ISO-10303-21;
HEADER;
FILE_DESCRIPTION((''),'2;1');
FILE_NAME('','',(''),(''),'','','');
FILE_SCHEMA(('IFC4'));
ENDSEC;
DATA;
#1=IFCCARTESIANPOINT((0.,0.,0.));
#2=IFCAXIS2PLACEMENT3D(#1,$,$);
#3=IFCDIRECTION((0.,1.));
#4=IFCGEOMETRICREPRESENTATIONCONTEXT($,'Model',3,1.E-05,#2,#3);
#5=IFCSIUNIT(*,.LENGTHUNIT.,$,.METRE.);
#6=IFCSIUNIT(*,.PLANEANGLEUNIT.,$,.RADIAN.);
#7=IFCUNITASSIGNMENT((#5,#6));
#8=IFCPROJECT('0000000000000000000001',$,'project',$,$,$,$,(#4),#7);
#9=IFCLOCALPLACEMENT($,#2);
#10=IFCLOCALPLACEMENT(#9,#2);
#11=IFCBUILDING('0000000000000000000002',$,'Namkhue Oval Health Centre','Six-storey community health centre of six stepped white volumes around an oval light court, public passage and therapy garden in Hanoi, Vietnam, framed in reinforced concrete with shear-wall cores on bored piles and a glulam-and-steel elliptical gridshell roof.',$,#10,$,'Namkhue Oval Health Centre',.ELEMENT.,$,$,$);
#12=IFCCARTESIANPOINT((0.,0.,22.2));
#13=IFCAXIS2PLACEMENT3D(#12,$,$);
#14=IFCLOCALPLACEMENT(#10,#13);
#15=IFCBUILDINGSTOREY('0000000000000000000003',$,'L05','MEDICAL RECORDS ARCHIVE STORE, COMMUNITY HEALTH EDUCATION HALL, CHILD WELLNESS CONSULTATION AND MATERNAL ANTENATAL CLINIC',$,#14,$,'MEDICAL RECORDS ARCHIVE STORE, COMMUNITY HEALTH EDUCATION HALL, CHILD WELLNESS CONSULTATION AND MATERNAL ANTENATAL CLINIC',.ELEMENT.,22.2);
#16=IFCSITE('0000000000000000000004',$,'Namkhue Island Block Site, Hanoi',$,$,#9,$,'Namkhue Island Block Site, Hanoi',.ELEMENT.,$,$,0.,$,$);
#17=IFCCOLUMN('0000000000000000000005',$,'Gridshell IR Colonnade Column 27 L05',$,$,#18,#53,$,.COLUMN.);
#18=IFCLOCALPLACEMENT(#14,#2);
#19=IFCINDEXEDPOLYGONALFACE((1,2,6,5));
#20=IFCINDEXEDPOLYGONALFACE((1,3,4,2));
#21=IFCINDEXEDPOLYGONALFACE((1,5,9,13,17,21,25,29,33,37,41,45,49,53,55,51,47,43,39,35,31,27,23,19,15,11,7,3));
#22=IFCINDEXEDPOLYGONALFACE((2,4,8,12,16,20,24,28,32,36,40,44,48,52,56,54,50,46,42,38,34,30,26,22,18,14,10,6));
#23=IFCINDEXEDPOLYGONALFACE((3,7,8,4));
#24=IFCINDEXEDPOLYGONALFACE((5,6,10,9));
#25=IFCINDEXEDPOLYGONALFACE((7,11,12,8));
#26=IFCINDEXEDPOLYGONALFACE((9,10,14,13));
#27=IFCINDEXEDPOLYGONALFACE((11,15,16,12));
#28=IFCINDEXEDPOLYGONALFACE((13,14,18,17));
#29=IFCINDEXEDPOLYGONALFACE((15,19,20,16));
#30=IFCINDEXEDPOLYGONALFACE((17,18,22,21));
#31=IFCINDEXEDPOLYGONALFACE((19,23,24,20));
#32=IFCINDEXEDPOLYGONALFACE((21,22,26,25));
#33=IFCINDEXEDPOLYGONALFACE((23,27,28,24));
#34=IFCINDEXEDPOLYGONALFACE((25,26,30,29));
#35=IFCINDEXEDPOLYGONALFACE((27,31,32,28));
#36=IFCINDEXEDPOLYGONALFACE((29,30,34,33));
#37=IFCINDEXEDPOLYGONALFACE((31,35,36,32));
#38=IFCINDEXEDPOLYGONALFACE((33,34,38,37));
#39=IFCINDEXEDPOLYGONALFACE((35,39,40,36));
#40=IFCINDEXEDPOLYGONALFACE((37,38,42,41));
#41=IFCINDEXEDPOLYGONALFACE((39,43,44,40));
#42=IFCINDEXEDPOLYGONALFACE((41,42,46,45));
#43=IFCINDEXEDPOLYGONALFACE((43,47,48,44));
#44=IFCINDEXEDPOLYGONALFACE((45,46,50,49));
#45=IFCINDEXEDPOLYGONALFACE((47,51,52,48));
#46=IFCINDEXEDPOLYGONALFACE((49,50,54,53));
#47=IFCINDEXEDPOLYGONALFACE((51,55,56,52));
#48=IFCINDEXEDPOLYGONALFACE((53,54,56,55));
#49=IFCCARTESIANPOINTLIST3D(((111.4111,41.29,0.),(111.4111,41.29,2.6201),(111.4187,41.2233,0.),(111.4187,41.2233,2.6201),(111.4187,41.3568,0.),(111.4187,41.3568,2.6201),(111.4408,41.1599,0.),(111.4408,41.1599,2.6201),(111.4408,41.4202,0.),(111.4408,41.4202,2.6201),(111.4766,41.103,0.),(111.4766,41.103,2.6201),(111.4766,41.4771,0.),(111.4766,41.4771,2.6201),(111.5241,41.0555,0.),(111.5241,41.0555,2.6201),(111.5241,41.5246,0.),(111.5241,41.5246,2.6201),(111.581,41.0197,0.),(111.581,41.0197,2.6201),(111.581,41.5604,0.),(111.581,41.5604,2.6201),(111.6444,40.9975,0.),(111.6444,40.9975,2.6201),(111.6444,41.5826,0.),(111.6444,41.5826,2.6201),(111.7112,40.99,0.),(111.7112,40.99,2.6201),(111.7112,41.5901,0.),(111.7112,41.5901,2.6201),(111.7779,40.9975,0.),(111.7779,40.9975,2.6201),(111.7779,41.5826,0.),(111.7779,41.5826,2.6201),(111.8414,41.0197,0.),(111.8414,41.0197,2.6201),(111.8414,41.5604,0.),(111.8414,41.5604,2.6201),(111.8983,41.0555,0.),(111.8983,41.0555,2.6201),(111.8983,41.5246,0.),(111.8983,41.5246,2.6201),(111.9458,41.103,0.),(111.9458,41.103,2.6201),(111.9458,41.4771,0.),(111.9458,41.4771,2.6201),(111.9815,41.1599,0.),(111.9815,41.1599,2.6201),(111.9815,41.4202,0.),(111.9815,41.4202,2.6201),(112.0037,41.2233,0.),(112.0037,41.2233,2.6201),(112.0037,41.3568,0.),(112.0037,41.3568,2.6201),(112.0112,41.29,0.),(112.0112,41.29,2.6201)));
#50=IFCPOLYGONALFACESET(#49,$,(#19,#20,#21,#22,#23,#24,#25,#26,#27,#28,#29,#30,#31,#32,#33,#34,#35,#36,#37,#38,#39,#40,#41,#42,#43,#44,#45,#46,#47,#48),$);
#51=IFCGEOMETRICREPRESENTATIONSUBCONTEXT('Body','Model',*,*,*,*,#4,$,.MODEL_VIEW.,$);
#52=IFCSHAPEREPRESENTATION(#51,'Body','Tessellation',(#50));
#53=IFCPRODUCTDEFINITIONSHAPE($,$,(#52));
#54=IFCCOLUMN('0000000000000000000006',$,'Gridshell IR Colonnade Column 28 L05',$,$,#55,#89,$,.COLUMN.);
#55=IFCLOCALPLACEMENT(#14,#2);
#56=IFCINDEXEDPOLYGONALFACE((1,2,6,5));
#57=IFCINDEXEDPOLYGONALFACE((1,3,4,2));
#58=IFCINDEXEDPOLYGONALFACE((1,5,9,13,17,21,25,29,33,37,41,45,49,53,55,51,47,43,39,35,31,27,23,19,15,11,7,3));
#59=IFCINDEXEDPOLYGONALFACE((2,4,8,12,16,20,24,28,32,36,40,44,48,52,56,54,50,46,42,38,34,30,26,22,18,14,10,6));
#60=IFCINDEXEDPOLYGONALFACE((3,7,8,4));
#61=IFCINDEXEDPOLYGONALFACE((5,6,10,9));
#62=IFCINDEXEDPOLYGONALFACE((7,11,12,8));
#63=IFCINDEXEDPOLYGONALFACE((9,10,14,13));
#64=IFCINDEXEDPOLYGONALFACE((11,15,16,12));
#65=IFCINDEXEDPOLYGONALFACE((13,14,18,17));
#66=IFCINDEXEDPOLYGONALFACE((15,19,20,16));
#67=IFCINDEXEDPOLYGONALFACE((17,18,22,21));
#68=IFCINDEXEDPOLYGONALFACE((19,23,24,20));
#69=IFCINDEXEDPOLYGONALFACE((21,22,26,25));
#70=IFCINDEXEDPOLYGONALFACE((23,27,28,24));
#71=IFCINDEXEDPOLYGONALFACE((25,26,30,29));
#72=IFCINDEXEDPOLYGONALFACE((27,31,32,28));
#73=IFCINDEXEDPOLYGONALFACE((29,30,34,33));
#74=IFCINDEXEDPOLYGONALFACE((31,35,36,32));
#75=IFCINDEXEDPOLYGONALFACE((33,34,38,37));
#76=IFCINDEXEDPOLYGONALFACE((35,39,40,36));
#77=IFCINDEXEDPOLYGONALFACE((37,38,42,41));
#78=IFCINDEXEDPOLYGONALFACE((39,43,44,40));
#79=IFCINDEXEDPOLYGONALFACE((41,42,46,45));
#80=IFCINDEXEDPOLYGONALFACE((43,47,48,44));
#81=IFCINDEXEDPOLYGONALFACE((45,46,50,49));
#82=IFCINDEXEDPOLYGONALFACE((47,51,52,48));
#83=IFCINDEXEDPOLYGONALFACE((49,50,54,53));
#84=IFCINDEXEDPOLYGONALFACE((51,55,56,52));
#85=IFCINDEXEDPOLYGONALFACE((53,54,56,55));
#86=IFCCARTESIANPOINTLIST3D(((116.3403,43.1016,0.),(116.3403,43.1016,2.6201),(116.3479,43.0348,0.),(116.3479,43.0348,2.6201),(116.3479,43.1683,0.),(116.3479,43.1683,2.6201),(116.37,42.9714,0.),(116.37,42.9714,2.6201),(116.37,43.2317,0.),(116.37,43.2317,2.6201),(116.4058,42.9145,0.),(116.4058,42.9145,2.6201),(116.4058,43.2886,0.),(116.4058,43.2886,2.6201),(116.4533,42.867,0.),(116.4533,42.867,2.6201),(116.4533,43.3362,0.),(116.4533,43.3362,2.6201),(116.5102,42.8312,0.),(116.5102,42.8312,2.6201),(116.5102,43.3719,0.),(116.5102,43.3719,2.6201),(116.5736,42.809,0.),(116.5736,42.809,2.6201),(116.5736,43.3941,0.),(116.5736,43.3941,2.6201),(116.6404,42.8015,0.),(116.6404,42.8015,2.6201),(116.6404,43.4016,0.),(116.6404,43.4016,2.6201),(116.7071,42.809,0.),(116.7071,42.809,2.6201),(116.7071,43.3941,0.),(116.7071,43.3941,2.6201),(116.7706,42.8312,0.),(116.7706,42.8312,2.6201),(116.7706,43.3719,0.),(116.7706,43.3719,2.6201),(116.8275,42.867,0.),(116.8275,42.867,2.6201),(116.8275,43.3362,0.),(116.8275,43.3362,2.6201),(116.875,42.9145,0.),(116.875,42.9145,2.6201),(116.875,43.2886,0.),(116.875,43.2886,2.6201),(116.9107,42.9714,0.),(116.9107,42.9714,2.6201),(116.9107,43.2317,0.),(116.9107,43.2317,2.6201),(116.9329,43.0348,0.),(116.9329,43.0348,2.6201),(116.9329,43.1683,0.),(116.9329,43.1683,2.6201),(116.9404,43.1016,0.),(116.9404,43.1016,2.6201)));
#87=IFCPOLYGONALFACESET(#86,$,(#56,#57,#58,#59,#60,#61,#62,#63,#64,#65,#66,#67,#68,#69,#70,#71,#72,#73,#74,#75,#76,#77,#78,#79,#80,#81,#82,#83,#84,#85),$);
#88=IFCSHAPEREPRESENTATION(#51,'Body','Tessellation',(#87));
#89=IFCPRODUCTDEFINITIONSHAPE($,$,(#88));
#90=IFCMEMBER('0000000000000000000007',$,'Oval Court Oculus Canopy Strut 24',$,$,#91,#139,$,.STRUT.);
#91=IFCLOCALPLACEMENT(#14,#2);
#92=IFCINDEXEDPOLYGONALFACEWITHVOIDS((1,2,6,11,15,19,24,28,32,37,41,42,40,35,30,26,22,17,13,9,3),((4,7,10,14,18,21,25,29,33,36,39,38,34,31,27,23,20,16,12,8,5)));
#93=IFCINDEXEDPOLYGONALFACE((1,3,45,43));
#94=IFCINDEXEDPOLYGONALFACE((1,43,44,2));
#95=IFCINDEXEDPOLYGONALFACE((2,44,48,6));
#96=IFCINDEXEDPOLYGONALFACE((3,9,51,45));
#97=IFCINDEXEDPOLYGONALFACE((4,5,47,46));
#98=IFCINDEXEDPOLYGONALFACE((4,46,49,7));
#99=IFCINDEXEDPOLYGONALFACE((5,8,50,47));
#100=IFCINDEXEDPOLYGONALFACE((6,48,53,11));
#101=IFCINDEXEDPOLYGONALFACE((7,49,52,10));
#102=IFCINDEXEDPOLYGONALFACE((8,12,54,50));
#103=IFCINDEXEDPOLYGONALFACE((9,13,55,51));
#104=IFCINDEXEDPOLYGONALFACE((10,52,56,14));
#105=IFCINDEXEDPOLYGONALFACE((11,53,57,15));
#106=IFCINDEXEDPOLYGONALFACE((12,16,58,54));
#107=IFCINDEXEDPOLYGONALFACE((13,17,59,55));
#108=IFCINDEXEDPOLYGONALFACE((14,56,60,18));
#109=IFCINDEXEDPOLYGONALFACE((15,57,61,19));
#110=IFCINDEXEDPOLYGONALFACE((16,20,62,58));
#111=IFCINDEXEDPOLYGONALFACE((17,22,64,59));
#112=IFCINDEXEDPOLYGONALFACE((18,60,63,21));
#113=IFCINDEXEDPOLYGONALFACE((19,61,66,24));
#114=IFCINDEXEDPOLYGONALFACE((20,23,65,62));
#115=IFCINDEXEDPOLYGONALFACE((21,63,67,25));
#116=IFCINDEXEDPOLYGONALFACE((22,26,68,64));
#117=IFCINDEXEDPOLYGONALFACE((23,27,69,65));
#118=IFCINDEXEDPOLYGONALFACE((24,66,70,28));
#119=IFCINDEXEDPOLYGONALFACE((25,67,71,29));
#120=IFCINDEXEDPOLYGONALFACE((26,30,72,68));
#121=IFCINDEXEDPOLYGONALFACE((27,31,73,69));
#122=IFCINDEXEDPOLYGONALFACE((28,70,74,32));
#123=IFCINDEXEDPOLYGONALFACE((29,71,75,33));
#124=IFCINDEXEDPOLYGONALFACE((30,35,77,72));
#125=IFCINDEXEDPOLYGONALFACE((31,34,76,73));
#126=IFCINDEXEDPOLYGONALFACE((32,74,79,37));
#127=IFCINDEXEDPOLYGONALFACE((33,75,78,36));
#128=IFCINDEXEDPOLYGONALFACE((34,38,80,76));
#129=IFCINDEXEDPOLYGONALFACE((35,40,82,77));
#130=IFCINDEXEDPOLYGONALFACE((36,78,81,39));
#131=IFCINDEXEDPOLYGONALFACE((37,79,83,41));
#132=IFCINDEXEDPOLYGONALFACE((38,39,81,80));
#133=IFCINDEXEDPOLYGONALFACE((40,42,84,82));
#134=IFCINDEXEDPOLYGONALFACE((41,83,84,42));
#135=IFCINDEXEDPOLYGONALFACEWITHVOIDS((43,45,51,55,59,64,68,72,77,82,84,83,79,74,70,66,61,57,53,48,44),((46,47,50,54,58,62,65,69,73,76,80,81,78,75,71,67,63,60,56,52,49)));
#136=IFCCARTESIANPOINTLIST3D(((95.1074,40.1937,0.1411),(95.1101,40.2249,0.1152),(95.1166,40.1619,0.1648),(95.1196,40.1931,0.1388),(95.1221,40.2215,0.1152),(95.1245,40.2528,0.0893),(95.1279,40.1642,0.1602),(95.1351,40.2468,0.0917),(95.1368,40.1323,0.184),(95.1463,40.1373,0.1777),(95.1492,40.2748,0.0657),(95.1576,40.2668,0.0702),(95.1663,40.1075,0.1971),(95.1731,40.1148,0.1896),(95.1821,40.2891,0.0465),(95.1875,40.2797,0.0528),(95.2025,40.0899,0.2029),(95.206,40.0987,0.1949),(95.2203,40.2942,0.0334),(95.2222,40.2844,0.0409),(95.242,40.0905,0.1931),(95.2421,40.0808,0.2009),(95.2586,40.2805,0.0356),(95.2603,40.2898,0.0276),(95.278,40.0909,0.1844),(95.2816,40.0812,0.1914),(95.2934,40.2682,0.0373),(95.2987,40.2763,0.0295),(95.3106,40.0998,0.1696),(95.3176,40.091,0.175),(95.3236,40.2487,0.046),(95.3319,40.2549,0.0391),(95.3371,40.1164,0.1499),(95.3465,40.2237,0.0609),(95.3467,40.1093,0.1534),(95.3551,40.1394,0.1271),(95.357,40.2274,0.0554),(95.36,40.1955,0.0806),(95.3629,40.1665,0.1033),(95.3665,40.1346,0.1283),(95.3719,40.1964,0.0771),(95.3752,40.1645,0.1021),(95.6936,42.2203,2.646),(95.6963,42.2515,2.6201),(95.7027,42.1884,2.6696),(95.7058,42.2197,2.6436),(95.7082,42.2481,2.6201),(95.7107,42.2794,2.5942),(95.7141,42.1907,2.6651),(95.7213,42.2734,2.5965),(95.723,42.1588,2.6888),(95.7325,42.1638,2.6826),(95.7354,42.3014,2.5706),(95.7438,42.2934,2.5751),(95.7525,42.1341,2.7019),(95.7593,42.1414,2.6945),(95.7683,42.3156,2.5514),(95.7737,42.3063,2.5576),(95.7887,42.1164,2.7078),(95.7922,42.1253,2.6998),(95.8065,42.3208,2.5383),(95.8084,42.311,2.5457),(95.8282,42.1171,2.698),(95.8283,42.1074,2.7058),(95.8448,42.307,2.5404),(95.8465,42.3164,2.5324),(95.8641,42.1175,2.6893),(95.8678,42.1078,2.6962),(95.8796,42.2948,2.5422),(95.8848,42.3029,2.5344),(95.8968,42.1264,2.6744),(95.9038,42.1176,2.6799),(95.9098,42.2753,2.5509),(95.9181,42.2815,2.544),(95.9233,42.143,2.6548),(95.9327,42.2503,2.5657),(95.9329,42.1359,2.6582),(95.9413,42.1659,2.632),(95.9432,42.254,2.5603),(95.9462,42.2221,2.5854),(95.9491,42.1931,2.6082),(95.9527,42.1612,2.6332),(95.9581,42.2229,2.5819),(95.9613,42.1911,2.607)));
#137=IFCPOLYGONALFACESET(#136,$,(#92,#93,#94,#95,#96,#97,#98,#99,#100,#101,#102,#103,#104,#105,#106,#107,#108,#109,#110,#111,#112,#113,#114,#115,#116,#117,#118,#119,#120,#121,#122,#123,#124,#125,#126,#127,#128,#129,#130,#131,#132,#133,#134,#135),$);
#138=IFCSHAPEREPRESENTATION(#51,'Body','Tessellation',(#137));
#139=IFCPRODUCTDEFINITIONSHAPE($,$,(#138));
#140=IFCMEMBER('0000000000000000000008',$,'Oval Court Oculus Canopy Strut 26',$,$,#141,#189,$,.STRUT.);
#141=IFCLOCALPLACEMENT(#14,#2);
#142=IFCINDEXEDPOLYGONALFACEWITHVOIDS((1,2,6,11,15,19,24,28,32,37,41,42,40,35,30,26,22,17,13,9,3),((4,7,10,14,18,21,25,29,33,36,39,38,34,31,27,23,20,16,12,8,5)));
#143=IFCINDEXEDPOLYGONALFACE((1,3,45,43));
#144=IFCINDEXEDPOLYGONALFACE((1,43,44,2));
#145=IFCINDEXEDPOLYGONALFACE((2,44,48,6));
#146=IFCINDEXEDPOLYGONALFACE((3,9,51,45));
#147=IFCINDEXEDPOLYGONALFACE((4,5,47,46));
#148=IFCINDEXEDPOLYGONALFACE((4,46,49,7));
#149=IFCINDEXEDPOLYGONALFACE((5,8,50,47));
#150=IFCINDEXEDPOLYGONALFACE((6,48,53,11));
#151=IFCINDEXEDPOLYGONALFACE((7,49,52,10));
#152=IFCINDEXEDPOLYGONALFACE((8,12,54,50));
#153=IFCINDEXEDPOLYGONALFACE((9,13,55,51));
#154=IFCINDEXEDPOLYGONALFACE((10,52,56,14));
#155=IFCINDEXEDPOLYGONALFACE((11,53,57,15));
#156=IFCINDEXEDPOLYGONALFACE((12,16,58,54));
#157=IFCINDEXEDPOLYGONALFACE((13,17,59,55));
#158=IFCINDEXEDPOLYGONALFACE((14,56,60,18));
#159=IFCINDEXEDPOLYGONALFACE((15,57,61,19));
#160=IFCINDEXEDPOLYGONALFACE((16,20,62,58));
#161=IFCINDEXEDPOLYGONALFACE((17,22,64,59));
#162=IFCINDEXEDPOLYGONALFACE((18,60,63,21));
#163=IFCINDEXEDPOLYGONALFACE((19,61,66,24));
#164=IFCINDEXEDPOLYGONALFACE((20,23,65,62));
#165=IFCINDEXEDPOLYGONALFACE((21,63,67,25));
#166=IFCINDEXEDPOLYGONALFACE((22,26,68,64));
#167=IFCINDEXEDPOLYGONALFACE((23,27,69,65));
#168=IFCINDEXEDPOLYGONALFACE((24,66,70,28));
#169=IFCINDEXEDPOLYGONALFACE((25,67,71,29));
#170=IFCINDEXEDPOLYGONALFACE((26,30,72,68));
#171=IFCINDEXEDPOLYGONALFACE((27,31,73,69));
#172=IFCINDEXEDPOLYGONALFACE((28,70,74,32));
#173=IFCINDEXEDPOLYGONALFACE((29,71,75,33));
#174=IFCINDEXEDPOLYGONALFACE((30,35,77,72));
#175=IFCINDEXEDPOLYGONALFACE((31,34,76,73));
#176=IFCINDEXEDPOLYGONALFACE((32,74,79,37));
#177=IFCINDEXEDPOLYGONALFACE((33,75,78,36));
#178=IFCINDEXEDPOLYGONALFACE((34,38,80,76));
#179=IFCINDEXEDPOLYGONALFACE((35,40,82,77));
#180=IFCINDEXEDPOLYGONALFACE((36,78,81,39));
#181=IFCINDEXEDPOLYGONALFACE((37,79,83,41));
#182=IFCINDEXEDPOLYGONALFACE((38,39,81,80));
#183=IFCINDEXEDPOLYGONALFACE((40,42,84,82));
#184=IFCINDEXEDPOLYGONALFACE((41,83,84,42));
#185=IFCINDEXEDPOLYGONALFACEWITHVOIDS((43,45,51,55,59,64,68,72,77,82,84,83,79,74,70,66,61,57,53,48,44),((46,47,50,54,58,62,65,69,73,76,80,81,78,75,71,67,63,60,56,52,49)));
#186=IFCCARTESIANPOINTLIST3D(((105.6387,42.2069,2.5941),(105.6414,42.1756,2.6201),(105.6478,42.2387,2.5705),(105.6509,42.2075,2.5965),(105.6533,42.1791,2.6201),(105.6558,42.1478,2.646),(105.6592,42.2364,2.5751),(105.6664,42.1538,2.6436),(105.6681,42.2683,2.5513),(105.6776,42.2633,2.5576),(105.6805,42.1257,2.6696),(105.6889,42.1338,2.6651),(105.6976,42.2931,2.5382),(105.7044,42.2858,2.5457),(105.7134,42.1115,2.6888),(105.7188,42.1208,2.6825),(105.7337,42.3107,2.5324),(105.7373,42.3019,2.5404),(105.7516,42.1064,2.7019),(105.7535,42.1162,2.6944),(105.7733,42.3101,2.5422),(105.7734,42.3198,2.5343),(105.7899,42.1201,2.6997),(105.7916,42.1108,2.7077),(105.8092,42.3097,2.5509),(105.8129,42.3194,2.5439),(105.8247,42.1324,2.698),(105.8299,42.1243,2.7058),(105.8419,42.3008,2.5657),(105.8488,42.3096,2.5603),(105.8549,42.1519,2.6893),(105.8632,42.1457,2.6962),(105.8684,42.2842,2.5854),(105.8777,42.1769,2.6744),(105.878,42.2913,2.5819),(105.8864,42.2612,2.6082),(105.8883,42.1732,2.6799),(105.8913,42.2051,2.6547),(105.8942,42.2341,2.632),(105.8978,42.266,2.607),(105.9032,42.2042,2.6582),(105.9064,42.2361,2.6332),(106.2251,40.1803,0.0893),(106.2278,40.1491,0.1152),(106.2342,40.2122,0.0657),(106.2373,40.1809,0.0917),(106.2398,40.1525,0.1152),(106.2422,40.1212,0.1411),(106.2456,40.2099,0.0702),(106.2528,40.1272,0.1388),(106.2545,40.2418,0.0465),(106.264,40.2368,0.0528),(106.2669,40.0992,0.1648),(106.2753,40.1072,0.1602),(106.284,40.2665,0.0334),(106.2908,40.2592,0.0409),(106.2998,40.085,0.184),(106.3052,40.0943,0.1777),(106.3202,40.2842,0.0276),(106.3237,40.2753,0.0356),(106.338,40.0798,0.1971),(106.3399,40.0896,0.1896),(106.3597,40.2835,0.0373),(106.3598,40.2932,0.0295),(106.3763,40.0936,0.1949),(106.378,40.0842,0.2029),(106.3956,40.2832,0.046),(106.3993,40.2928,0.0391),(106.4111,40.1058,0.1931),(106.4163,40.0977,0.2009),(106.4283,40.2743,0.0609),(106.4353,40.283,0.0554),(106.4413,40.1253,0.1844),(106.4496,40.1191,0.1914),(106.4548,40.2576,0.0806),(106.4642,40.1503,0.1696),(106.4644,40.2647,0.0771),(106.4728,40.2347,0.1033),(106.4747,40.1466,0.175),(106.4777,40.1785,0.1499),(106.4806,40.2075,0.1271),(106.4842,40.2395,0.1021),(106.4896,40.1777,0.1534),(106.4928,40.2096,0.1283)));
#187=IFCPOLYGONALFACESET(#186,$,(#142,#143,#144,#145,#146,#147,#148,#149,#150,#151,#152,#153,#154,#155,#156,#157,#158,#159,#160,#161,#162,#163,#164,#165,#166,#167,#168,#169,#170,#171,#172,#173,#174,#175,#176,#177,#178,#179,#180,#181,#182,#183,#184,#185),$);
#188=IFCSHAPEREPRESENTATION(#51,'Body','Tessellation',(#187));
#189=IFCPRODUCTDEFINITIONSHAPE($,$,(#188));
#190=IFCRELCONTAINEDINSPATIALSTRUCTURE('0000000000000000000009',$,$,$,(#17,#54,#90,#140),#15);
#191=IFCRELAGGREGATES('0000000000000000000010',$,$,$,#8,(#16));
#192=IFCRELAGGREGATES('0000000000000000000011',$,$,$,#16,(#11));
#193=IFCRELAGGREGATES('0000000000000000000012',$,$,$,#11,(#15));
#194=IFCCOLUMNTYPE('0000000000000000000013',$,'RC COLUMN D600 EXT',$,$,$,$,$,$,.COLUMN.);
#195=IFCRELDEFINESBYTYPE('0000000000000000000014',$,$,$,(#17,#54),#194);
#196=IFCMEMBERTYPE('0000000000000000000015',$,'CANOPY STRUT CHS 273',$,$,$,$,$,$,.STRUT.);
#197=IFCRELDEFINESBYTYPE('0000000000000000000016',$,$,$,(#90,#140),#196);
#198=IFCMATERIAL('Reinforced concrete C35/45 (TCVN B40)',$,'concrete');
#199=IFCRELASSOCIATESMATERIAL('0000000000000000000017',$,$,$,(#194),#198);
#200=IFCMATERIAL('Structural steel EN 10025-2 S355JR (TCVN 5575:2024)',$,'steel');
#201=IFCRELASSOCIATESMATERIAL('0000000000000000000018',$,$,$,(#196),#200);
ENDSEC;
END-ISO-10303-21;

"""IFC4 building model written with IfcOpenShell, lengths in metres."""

from ifc_helpers import new_model, si_unit, direction, frame, origin, origin_2d, place, context, subcontext, project, spatial, circle, hollow_circle, extrude, material, material_profile, profile_set, type_object, element, save


model = new_model("IFC4")

# Units and contexts
model_context = context("Model", 3, precision=1e-05, world=origin(), true_north=direction((0.0, 1.0)))
body_context = subcontext(model_context, "Body", "Model", "MODEL_VIEW")
ifc_project = project(units=[si_unit("LENGTHUNIT", "METRE"), si_unit("PLANEANGLEUNIT", "RADIAN")], contexts=[model_context])

# Site, building, storey
site_placement = place(None, origin())
site = spatial("IfcSite", under=ifc_project, at=site_placement, Name="Namkhue Island Block Site, Hanoi", LongName="Namkhue Island Block Site, Hanoi", CompositionType="ELEMENT", RefElevation=0.0)
building_placement = place(site_placement, origin())
building = spatial("IfcBuilding", under=site, at=building_placement, Name="Namkhue Oval Health Centre", Description="Six-storey community health centre of six stepped white volumes around an oval light court, public passage and therapy garden in Hanoi, Vietnam, framed in reinforced concrete with shear-wall cores on bored piles and a glulam-and-steel elliptical gridshell roof.", LongName="Namkhue Oval Health Centre", CompositionType="ELEMENT")
storey_placement = place(building_placement, frame((0.0, 0.0, 22.2)))
storey = spatial("IfcBuildingStorey", under=building, at=storey_placement, Name="L05", Description="MEDICAL RECORDS ARCHIVE STORE, COMMUNITY HEALTH EDUCATION HALL, CHILD WELLNESS CONSULTATION AND MATERNAL ANTENATAL CLINIC", LongName="MEDICAL RECORDS ARCHIVE STORE, COMMUNITY HEALTH EDUCATION HALL, CHILD WELLNESS CONSULTATION AND MATERNAL ANTENATAL CLINIC", CompositionType="ELEMENT", Elevation=22.2)

# Columns
ifc_material_1 = material(Name="Reinforced concrete C35/45 (TCVN B40)", Category="concrete")
ifc_material_profile_1 = material_profile(ifc_material_1, circle(Radius=0.3, at=origin_2d()), Name="RC D600")
ifc_profile_set_1 = profile_set([ifc_material_profile_1], Name="Reinforced concrete C35/45 (TCVN B40)")
column_type = type_object("IfcColumnType", Name="RC COLUMN D600 EXT", PredefinedType="COLUMN", material=ifc_profile_set_1)
for number, where, z_axis, x_axis, name in (
    (1, (111.7112, 41.29, 0.0), (0.0, 0.0, 1.0), (1.0, 0.0, 0.0), "Gridshell IR Colonnade Column 27 L05"),
    (2, (116.6404, 43.1016, 0.0), (0.0, 0.0, 1.0), (1.0, 0.0, 0.0), "Gridshell IR Colonnade Column 28 L05"),
):
    element("IfcColumn", number, at=place(storey_placement, frame(where, z_axis=z_axis, x_axis=x_axis)), inside=storey, type_object=column_type, Name=name, PredefinedType="COLUMN", context=body_context, shape_type="SweptSolid", body=[
        extrude(circle(Radius=0.3, at=origin_2d()), origin(), (0.0, 0.0, 1.0), 2.6201),
    ])

# Members
ifc_material_2 = material(Name="Structural steel EN 10025-2 S355JR (TCVN 5575:2024)", Category="steel")
ifc_material_profile_2 = material_profile(ifc_material_2, hollow_circle(Radius=0.1365, WallThickness=0.0125, at=origin_2d()), Name="CHS 273x12.5")
ifc_profile_set_2 = profile_set([ifc_material_profile_2], Name="Structural steel EN 10025-2 S355JR (TCVN 5575:2024)")
member_type_1 = type_object("IfcMemberType", Name="CANOPY STRUT CHS 273", PredefinedType="STRUT", material=ifc_profile_set_2)
for number, where, z_axis, x_axis, name in (
    (3, (95.2412, 40.187, 0.1152), (0.17899, 0.618825, 0.764865), (-0.960624, 0.277853, 0.0), "Oval Court Oculus Canopy Strut 24"),
    (4, (106.3589, 40.187, 0.1152), (-0.179062, 0.618817, 0.764855), (-0.960593, -0.27796, 0.0), "Oval Court Oculus Canopy Strut 26"),
):
    element("IfcMember", number, at=place(storey_placement, frame(where, z_axis=z_axis, x_axis=x_axis)), inside=storey, type_object=member_type_1, Name=name, PredefinedType="STRUT", context=body_context, shape_type="SweptSolid", body=[
        extrude(hollow_circle(Radius=0.1365, WallThickness=0.0125, at=origin_2d()), origin(), (0.0, 0.0, 1.0), 3.2749),
    ])

save(model, "model.ifc")
